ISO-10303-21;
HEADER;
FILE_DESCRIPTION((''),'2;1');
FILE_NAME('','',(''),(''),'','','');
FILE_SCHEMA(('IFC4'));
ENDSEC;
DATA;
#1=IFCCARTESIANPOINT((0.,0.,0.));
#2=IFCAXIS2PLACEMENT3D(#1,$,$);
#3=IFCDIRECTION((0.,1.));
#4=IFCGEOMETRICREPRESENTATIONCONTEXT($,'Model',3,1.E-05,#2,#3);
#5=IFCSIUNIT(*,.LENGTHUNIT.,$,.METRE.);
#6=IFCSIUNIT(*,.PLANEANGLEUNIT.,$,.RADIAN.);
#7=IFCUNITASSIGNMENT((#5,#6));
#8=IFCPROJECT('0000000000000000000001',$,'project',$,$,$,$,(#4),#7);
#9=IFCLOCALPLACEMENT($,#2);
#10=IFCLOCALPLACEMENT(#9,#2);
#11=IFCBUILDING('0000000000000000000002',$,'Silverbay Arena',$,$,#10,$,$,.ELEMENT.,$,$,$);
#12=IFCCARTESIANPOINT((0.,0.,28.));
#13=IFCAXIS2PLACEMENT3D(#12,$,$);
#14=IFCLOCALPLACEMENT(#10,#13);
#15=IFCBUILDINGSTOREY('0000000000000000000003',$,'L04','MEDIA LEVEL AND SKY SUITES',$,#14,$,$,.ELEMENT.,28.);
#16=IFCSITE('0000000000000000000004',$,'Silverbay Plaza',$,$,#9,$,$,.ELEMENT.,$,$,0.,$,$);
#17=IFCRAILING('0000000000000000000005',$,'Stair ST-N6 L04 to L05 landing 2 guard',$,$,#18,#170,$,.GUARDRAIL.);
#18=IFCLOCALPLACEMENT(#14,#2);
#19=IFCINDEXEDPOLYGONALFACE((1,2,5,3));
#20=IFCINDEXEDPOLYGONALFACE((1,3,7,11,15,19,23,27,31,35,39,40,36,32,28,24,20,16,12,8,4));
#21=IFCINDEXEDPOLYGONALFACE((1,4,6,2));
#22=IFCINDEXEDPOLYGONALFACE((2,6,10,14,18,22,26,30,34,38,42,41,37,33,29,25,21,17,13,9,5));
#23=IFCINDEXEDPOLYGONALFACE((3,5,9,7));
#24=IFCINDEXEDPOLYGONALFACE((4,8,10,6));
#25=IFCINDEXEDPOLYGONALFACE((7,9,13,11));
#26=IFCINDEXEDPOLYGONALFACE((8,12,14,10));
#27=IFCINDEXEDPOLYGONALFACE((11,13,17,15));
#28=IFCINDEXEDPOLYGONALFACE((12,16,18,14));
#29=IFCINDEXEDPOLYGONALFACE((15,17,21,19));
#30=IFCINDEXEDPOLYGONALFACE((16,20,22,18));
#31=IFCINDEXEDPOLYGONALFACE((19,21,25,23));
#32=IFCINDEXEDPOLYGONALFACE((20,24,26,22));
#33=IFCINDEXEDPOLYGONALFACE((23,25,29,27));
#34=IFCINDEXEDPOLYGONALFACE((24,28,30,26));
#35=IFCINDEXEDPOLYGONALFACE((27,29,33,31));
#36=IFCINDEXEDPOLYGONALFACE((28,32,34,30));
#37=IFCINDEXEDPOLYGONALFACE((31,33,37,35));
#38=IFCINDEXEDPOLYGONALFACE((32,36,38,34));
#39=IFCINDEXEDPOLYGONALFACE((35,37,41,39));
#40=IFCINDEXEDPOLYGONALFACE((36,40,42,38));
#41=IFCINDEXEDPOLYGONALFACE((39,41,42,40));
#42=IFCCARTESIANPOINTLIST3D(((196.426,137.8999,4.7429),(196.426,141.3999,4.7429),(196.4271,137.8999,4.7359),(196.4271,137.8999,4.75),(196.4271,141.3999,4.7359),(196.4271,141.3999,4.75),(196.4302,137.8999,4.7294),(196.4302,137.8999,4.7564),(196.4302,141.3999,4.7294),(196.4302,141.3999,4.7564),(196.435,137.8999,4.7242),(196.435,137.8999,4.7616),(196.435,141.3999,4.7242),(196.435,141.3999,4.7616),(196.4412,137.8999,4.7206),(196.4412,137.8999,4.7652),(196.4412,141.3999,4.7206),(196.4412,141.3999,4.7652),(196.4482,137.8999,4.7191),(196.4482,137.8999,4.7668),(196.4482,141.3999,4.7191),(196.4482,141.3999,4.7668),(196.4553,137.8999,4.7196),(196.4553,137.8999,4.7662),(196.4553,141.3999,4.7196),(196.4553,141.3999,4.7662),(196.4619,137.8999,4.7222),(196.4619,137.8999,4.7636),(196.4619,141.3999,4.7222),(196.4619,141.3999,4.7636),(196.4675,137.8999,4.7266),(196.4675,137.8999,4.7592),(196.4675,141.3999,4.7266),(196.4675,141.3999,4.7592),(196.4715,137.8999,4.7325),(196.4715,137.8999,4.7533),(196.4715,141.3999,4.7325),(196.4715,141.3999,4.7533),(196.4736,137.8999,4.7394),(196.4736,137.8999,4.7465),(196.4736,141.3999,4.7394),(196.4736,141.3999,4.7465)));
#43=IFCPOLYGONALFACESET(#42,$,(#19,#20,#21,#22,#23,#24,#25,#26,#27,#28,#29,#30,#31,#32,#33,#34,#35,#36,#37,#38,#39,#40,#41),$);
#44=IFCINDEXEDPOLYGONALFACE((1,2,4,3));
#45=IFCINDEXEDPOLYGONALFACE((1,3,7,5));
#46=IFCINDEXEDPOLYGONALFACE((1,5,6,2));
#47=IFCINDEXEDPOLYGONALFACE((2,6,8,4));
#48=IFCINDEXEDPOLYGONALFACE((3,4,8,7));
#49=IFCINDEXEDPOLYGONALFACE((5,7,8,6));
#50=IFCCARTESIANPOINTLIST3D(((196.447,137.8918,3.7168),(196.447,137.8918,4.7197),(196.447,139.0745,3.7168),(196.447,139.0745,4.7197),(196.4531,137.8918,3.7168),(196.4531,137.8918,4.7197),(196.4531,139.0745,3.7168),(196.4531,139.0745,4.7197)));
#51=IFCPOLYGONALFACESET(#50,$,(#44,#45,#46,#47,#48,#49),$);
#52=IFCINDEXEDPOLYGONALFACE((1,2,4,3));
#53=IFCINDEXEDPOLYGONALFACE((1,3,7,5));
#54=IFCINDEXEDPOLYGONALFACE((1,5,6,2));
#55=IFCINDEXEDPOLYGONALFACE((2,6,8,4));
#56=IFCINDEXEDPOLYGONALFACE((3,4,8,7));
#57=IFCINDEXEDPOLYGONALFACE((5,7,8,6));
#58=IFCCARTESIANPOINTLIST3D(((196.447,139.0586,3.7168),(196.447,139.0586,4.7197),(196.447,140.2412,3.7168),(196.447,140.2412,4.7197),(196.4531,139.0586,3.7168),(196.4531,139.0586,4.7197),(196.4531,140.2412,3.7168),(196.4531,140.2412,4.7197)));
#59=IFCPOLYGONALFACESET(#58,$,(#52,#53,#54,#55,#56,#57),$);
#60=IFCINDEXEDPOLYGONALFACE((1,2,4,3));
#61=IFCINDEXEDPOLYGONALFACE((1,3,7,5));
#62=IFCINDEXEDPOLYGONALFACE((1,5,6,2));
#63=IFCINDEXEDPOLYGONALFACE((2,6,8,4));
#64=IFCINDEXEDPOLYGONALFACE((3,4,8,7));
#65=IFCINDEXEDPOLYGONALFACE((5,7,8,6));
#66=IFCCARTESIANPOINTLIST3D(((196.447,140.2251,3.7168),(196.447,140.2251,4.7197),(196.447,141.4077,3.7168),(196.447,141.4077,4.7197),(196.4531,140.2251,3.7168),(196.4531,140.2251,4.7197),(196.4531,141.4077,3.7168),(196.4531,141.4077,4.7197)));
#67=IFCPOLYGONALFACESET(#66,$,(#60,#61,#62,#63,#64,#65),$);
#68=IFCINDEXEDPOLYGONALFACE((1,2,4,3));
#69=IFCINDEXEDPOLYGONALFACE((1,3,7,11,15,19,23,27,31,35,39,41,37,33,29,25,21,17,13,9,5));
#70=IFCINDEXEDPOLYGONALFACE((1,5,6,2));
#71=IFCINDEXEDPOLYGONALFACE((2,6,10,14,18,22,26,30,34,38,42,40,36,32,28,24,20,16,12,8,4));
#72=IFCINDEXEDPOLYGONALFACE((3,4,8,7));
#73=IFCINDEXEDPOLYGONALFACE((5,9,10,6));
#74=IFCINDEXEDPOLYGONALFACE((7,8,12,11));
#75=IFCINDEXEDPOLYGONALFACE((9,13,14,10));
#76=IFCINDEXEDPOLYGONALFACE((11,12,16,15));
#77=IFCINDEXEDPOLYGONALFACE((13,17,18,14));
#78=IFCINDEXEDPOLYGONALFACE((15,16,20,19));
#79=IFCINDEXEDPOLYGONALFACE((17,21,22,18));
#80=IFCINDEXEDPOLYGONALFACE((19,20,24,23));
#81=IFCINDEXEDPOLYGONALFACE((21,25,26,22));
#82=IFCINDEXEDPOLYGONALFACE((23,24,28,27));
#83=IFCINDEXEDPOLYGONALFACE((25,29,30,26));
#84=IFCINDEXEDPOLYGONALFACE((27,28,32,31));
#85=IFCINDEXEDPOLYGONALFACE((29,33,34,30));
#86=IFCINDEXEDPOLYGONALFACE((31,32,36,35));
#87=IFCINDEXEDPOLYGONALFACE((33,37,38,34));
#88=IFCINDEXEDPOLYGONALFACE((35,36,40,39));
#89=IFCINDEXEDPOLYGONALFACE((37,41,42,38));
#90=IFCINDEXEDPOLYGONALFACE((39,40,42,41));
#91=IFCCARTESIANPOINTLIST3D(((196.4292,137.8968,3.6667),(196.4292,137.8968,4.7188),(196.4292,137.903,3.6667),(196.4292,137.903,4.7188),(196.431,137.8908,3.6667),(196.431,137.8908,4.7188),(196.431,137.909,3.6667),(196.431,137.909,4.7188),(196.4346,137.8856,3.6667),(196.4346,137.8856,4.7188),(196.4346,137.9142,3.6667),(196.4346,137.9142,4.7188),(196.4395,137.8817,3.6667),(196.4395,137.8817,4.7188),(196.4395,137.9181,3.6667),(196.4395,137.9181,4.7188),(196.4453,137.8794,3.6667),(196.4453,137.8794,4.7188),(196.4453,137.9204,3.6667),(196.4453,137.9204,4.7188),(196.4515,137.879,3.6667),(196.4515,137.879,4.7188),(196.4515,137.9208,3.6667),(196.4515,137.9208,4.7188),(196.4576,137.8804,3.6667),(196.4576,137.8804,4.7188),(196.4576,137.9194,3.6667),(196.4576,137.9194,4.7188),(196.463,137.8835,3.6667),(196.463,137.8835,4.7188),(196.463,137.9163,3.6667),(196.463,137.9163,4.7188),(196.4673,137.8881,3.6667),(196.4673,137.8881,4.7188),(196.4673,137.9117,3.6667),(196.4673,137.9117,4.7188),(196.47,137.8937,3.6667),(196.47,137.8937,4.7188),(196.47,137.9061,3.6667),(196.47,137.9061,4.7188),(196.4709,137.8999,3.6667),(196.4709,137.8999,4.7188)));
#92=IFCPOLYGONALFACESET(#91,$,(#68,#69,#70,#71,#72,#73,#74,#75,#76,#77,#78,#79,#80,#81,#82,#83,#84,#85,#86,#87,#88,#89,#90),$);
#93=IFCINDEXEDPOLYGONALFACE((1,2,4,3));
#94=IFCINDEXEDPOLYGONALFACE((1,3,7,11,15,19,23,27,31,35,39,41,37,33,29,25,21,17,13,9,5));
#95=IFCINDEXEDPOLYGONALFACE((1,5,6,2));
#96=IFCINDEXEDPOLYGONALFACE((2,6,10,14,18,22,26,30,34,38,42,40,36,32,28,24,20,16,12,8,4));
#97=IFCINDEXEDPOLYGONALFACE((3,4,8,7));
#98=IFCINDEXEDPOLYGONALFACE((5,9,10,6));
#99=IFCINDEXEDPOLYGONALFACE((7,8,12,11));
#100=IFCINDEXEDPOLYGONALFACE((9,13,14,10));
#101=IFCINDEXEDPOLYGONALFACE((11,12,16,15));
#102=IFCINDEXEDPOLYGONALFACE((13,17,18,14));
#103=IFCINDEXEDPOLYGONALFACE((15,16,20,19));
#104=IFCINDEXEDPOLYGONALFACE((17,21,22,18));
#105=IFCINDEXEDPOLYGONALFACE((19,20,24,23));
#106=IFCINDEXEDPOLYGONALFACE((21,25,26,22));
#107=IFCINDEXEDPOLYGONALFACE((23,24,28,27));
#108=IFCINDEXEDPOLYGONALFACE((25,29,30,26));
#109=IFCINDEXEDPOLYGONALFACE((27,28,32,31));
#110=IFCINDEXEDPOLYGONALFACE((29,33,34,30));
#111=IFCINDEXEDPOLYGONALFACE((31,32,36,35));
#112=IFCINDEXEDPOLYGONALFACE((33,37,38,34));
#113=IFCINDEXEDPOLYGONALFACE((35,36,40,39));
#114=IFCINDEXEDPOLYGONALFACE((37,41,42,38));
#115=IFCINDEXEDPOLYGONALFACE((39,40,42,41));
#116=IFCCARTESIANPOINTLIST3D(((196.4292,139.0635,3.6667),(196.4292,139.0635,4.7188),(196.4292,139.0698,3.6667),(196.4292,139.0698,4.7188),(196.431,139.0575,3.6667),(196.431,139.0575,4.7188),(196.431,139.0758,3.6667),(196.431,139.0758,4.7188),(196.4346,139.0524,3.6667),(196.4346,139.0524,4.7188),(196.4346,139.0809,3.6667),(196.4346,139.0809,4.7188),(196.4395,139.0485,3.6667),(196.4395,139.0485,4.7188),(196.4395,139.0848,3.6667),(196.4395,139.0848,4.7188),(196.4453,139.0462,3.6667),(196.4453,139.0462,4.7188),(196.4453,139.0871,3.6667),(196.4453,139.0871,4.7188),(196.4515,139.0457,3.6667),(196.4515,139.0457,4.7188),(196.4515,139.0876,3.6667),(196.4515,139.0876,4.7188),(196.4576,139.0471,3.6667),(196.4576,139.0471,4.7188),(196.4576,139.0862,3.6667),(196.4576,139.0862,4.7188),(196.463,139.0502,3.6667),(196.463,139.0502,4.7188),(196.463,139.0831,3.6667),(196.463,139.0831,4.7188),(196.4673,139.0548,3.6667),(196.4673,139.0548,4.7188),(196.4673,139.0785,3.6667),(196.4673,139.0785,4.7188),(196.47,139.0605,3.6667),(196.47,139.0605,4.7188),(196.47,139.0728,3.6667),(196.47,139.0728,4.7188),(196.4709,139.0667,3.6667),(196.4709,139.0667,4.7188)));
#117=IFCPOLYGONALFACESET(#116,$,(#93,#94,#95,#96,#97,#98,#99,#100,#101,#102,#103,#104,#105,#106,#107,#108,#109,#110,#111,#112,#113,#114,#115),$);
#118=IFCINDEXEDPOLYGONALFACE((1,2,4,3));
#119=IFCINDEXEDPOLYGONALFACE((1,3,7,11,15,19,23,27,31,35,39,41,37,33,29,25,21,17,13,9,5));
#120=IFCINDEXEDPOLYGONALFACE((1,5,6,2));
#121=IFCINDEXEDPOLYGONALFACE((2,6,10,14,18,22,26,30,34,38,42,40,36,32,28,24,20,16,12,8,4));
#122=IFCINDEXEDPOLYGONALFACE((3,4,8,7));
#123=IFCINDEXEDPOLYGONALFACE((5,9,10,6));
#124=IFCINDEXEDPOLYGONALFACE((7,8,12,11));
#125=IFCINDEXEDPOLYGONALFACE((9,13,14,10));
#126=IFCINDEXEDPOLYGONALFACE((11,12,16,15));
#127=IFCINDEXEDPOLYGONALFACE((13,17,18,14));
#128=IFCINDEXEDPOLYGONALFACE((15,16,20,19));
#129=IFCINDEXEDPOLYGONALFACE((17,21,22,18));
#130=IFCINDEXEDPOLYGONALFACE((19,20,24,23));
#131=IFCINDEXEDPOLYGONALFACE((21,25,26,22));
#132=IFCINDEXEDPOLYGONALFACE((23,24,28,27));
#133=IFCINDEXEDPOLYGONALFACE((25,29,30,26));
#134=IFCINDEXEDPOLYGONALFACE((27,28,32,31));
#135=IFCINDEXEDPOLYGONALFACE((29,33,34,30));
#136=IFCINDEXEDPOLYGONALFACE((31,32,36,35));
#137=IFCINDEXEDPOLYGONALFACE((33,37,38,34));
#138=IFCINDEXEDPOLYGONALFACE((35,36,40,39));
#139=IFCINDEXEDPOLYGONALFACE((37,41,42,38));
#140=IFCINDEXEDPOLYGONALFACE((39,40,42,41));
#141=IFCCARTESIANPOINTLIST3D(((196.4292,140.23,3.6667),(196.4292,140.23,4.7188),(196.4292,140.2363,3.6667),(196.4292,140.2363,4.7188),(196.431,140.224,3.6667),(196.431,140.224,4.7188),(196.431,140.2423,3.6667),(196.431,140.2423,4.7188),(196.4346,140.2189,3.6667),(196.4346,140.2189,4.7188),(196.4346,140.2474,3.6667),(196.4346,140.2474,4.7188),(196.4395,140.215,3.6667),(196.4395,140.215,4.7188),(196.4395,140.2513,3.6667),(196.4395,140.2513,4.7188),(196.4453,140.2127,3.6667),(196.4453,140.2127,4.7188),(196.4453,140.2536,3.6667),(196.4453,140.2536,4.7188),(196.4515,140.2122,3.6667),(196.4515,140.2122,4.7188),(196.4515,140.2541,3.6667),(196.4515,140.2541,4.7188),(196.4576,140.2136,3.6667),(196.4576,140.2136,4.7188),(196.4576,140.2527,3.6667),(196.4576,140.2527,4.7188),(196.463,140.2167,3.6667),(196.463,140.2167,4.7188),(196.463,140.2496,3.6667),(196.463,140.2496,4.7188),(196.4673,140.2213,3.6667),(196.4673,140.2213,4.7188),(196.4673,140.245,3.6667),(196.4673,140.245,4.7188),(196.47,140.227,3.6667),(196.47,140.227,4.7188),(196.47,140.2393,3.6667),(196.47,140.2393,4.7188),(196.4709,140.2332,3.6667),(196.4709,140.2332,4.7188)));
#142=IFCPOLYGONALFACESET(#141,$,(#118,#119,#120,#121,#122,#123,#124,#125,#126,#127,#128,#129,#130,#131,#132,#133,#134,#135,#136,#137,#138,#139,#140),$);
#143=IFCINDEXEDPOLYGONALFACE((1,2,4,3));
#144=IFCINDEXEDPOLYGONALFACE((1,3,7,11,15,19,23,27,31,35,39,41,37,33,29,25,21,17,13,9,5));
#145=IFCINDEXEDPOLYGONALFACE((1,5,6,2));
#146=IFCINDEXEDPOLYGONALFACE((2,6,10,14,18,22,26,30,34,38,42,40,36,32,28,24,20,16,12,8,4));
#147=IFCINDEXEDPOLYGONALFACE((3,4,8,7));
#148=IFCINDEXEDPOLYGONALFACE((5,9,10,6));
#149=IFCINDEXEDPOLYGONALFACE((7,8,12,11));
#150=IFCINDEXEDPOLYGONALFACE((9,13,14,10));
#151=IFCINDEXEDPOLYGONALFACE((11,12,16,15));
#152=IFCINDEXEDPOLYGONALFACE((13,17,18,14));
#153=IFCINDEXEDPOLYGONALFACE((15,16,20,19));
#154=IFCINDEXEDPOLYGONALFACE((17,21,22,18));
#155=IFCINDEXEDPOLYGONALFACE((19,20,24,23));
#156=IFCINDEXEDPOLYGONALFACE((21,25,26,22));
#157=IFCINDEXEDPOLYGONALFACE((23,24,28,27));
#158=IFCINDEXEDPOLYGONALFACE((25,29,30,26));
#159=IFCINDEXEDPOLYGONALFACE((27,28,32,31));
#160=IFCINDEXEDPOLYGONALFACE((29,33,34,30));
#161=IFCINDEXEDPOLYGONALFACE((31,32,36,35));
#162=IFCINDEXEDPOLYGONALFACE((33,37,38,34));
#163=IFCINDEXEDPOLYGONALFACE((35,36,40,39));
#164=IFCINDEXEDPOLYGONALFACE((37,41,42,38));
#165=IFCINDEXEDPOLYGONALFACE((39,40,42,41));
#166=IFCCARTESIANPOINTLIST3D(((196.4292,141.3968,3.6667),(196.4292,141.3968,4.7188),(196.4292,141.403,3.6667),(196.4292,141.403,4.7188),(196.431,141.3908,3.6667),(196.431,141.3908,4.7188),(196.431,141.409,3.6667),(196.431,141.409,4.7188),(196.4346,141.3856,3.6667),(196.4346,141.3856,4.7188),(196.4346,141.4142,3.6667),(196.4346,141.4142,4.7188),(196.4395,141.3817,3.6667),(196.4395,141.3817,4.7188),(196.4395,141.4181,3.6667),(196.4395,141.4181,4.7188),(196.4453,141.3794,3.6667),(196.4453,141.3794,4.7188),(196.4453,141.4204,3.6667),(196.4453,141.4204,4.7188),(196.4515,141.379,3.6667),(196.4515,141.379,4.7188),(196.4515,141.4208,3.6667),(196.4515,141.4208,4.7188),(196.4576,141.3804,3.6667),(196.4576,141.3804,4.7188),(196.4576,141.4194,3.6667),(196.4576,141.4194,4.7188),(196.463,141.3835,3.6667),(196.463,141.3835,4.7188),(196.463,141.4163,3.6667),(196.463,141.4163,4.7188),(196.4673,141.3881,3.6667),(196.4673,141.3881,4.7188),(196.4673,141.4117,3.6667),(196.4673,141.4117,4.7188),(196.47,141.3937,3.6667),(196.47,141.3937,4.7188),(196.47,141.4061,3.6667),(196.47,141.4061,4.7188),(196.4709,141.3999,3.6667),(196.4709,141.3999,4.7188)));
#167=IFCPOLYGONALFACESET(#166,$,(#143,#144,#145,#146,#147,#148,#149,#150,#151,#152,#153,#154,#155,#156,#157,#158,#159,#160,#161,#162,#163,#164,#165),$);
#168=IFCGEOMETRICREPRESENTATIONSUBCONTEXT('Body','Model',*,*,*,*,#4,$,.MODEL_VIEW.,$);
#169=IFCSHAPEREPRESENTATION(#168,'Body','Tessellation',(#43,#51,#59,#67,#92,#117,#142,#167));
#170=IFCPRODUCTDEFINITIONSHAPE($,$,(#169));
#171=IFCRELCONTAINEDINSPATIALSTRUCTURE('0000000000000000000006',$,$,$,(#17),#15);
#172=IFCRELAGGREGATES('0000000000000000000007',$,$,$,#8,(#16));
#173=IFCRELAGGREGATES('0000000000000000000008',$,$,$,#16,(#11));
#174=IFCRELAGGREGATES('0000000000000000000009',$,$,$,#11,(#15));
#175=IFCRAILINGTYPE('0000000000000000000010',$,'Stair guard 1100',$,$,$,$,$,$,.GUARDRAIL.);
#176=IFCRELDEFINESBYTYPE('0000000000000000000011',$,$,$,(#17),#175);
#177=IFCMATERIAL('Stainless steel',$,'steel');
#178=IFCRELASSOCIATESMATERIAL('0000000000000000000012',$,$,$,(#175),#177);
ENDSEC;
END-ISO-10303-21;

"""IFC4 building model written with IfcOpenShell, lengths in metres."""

from ifc_helpers import new_model, si_unit, direction, frame, origin, origin_2d, place, context, subcontext, project, spatial, polyline, circle, outline, extrude, material, type_object, element, save


model = new_model("IFC4")

# Units and contexts
model_context = context("Model", 3, precision=1e-05, world=origin(), true_north=direction((0.0, 1.0)))
body_context = subcontext(model_context, "Body", "Model", "MODEL_VIEW")
ifc_project = project(units=[si_unit("LENGTHUNIT", "METRE"), si_unit("PLANEANGLEUNIT", "RADIAN")], contexts=[model_context])

# Site, building, storey
site_placement = place(None, origin())
site = spatial("IfcSite", under=ifc_project, at=site_placement, Name="Silverbay Plaza", CompositionType="ELEMENT", RefElevation=0.0)
building_placement = place(site_placement, origin())
building = spatial("IfcBuilding", under=site, at=building_placement, Name="Silverbay Arena", CompositionType="ELEMENT")
storey_placement = place(building_placement, frame((0.0, 0.0, 28.0)))
storey = spatial("IfcBuildingStorey", under=building, at=storey_placement, Name="L04", Description="MEDIA LEVEL AND SKY SUITES", CompositionType="ELEMENT", Elevation=28.0)

# Railing
ifc_material_1 = material(Name="Stainless steel", Category="steel")
railing_type_1 = type_object("IfcRailingType", Name="Stair guard 1100", PredefinedType="GUARDRAIL", material=ifc_material_1)
for number, where, name in (
    (1, (196.45, 137.8999, 3.6667), "Stair ST-N6 L04 to L05 landing 2 guard"),
):
    element("IfcRailing", number, at=place(storey_placement, frame(where)), inside=storey, type_object=railing_type_1, Name=name, PredefinedType="GUARDRAIL", context=body_context, shape_type="SweptSolid", body=[
        extrude(circle(Radius=0.0239, at=origin_2d()), frame((0.0, 0.0, 1.0762), z_axis=(0.0, 1.0, 0.0), x_axis=(-1.0, 0.0, 0.0)), (0.0, 0.0, 1.0), 3.5),
        extrude(outline(polyline([(-0.0081, 0.05), (1.1746, 0.05), (1.1746, 1.053), (-0.0081, 1.053), (-0.0081, 0.05)])), frame((-0.0029, 0.0, 0.0), z_axis=(1.0, 0.0, 0.0), x_axis=(0.0, 1.0, 0.0)), (0.0, 0.0, 1.0), 0.0061),
        extrude(outline(polyline([(-0.0081, 0.05), (1.1746, 0.05), (1.1746, 1.053), (-0.0081, 1.053), (-0.0081, 0.05)])), frame((-0.0029, 1.1667, 0.0), z_axis=(1.0, 0.0, 0.0), x_axis=(0.0, 1.0, 0.0)), (0.0, 0.0, 1.0), 0.0061),
        extrude(outline(polyline([(-0.0081, 0.05), (1.1746, 0.05), (1.1746, 1.053), (-0.0081, 1.053), (-0.0081, 0.05)])), frame((-0.0029, 2.3333, 0.0), z_axis=(1.0, 0.0, 0.0), x_axis=(0.0, 1.0, 0.0)), (0.0, 0.0, 1.0), 0.0061),
        extrude(circle(Radius=0.021, at=origin_2d()), origin(), (0.0, 0.0, 1.0), 1.052),
        extrude(circle(Radius=0.021, at=origin_2d()), frame((0.0, 1.1667, 0.0)), (0.0, 0.0, 1.0), 1.052),
        extrude(circle(Radius=0.021, at=origin_2d()), frame((0.0, 2.3333, 0.0)), (0.0, 0.0, 1.0), 1.052),
        extrude(circle(Radius=0.021, at=origin_2d()), frame((0.0, 3.5, 0.0)), (0.0, 0.0, 1.0), 1.052),
    ])

save(model, "model.ifc")
